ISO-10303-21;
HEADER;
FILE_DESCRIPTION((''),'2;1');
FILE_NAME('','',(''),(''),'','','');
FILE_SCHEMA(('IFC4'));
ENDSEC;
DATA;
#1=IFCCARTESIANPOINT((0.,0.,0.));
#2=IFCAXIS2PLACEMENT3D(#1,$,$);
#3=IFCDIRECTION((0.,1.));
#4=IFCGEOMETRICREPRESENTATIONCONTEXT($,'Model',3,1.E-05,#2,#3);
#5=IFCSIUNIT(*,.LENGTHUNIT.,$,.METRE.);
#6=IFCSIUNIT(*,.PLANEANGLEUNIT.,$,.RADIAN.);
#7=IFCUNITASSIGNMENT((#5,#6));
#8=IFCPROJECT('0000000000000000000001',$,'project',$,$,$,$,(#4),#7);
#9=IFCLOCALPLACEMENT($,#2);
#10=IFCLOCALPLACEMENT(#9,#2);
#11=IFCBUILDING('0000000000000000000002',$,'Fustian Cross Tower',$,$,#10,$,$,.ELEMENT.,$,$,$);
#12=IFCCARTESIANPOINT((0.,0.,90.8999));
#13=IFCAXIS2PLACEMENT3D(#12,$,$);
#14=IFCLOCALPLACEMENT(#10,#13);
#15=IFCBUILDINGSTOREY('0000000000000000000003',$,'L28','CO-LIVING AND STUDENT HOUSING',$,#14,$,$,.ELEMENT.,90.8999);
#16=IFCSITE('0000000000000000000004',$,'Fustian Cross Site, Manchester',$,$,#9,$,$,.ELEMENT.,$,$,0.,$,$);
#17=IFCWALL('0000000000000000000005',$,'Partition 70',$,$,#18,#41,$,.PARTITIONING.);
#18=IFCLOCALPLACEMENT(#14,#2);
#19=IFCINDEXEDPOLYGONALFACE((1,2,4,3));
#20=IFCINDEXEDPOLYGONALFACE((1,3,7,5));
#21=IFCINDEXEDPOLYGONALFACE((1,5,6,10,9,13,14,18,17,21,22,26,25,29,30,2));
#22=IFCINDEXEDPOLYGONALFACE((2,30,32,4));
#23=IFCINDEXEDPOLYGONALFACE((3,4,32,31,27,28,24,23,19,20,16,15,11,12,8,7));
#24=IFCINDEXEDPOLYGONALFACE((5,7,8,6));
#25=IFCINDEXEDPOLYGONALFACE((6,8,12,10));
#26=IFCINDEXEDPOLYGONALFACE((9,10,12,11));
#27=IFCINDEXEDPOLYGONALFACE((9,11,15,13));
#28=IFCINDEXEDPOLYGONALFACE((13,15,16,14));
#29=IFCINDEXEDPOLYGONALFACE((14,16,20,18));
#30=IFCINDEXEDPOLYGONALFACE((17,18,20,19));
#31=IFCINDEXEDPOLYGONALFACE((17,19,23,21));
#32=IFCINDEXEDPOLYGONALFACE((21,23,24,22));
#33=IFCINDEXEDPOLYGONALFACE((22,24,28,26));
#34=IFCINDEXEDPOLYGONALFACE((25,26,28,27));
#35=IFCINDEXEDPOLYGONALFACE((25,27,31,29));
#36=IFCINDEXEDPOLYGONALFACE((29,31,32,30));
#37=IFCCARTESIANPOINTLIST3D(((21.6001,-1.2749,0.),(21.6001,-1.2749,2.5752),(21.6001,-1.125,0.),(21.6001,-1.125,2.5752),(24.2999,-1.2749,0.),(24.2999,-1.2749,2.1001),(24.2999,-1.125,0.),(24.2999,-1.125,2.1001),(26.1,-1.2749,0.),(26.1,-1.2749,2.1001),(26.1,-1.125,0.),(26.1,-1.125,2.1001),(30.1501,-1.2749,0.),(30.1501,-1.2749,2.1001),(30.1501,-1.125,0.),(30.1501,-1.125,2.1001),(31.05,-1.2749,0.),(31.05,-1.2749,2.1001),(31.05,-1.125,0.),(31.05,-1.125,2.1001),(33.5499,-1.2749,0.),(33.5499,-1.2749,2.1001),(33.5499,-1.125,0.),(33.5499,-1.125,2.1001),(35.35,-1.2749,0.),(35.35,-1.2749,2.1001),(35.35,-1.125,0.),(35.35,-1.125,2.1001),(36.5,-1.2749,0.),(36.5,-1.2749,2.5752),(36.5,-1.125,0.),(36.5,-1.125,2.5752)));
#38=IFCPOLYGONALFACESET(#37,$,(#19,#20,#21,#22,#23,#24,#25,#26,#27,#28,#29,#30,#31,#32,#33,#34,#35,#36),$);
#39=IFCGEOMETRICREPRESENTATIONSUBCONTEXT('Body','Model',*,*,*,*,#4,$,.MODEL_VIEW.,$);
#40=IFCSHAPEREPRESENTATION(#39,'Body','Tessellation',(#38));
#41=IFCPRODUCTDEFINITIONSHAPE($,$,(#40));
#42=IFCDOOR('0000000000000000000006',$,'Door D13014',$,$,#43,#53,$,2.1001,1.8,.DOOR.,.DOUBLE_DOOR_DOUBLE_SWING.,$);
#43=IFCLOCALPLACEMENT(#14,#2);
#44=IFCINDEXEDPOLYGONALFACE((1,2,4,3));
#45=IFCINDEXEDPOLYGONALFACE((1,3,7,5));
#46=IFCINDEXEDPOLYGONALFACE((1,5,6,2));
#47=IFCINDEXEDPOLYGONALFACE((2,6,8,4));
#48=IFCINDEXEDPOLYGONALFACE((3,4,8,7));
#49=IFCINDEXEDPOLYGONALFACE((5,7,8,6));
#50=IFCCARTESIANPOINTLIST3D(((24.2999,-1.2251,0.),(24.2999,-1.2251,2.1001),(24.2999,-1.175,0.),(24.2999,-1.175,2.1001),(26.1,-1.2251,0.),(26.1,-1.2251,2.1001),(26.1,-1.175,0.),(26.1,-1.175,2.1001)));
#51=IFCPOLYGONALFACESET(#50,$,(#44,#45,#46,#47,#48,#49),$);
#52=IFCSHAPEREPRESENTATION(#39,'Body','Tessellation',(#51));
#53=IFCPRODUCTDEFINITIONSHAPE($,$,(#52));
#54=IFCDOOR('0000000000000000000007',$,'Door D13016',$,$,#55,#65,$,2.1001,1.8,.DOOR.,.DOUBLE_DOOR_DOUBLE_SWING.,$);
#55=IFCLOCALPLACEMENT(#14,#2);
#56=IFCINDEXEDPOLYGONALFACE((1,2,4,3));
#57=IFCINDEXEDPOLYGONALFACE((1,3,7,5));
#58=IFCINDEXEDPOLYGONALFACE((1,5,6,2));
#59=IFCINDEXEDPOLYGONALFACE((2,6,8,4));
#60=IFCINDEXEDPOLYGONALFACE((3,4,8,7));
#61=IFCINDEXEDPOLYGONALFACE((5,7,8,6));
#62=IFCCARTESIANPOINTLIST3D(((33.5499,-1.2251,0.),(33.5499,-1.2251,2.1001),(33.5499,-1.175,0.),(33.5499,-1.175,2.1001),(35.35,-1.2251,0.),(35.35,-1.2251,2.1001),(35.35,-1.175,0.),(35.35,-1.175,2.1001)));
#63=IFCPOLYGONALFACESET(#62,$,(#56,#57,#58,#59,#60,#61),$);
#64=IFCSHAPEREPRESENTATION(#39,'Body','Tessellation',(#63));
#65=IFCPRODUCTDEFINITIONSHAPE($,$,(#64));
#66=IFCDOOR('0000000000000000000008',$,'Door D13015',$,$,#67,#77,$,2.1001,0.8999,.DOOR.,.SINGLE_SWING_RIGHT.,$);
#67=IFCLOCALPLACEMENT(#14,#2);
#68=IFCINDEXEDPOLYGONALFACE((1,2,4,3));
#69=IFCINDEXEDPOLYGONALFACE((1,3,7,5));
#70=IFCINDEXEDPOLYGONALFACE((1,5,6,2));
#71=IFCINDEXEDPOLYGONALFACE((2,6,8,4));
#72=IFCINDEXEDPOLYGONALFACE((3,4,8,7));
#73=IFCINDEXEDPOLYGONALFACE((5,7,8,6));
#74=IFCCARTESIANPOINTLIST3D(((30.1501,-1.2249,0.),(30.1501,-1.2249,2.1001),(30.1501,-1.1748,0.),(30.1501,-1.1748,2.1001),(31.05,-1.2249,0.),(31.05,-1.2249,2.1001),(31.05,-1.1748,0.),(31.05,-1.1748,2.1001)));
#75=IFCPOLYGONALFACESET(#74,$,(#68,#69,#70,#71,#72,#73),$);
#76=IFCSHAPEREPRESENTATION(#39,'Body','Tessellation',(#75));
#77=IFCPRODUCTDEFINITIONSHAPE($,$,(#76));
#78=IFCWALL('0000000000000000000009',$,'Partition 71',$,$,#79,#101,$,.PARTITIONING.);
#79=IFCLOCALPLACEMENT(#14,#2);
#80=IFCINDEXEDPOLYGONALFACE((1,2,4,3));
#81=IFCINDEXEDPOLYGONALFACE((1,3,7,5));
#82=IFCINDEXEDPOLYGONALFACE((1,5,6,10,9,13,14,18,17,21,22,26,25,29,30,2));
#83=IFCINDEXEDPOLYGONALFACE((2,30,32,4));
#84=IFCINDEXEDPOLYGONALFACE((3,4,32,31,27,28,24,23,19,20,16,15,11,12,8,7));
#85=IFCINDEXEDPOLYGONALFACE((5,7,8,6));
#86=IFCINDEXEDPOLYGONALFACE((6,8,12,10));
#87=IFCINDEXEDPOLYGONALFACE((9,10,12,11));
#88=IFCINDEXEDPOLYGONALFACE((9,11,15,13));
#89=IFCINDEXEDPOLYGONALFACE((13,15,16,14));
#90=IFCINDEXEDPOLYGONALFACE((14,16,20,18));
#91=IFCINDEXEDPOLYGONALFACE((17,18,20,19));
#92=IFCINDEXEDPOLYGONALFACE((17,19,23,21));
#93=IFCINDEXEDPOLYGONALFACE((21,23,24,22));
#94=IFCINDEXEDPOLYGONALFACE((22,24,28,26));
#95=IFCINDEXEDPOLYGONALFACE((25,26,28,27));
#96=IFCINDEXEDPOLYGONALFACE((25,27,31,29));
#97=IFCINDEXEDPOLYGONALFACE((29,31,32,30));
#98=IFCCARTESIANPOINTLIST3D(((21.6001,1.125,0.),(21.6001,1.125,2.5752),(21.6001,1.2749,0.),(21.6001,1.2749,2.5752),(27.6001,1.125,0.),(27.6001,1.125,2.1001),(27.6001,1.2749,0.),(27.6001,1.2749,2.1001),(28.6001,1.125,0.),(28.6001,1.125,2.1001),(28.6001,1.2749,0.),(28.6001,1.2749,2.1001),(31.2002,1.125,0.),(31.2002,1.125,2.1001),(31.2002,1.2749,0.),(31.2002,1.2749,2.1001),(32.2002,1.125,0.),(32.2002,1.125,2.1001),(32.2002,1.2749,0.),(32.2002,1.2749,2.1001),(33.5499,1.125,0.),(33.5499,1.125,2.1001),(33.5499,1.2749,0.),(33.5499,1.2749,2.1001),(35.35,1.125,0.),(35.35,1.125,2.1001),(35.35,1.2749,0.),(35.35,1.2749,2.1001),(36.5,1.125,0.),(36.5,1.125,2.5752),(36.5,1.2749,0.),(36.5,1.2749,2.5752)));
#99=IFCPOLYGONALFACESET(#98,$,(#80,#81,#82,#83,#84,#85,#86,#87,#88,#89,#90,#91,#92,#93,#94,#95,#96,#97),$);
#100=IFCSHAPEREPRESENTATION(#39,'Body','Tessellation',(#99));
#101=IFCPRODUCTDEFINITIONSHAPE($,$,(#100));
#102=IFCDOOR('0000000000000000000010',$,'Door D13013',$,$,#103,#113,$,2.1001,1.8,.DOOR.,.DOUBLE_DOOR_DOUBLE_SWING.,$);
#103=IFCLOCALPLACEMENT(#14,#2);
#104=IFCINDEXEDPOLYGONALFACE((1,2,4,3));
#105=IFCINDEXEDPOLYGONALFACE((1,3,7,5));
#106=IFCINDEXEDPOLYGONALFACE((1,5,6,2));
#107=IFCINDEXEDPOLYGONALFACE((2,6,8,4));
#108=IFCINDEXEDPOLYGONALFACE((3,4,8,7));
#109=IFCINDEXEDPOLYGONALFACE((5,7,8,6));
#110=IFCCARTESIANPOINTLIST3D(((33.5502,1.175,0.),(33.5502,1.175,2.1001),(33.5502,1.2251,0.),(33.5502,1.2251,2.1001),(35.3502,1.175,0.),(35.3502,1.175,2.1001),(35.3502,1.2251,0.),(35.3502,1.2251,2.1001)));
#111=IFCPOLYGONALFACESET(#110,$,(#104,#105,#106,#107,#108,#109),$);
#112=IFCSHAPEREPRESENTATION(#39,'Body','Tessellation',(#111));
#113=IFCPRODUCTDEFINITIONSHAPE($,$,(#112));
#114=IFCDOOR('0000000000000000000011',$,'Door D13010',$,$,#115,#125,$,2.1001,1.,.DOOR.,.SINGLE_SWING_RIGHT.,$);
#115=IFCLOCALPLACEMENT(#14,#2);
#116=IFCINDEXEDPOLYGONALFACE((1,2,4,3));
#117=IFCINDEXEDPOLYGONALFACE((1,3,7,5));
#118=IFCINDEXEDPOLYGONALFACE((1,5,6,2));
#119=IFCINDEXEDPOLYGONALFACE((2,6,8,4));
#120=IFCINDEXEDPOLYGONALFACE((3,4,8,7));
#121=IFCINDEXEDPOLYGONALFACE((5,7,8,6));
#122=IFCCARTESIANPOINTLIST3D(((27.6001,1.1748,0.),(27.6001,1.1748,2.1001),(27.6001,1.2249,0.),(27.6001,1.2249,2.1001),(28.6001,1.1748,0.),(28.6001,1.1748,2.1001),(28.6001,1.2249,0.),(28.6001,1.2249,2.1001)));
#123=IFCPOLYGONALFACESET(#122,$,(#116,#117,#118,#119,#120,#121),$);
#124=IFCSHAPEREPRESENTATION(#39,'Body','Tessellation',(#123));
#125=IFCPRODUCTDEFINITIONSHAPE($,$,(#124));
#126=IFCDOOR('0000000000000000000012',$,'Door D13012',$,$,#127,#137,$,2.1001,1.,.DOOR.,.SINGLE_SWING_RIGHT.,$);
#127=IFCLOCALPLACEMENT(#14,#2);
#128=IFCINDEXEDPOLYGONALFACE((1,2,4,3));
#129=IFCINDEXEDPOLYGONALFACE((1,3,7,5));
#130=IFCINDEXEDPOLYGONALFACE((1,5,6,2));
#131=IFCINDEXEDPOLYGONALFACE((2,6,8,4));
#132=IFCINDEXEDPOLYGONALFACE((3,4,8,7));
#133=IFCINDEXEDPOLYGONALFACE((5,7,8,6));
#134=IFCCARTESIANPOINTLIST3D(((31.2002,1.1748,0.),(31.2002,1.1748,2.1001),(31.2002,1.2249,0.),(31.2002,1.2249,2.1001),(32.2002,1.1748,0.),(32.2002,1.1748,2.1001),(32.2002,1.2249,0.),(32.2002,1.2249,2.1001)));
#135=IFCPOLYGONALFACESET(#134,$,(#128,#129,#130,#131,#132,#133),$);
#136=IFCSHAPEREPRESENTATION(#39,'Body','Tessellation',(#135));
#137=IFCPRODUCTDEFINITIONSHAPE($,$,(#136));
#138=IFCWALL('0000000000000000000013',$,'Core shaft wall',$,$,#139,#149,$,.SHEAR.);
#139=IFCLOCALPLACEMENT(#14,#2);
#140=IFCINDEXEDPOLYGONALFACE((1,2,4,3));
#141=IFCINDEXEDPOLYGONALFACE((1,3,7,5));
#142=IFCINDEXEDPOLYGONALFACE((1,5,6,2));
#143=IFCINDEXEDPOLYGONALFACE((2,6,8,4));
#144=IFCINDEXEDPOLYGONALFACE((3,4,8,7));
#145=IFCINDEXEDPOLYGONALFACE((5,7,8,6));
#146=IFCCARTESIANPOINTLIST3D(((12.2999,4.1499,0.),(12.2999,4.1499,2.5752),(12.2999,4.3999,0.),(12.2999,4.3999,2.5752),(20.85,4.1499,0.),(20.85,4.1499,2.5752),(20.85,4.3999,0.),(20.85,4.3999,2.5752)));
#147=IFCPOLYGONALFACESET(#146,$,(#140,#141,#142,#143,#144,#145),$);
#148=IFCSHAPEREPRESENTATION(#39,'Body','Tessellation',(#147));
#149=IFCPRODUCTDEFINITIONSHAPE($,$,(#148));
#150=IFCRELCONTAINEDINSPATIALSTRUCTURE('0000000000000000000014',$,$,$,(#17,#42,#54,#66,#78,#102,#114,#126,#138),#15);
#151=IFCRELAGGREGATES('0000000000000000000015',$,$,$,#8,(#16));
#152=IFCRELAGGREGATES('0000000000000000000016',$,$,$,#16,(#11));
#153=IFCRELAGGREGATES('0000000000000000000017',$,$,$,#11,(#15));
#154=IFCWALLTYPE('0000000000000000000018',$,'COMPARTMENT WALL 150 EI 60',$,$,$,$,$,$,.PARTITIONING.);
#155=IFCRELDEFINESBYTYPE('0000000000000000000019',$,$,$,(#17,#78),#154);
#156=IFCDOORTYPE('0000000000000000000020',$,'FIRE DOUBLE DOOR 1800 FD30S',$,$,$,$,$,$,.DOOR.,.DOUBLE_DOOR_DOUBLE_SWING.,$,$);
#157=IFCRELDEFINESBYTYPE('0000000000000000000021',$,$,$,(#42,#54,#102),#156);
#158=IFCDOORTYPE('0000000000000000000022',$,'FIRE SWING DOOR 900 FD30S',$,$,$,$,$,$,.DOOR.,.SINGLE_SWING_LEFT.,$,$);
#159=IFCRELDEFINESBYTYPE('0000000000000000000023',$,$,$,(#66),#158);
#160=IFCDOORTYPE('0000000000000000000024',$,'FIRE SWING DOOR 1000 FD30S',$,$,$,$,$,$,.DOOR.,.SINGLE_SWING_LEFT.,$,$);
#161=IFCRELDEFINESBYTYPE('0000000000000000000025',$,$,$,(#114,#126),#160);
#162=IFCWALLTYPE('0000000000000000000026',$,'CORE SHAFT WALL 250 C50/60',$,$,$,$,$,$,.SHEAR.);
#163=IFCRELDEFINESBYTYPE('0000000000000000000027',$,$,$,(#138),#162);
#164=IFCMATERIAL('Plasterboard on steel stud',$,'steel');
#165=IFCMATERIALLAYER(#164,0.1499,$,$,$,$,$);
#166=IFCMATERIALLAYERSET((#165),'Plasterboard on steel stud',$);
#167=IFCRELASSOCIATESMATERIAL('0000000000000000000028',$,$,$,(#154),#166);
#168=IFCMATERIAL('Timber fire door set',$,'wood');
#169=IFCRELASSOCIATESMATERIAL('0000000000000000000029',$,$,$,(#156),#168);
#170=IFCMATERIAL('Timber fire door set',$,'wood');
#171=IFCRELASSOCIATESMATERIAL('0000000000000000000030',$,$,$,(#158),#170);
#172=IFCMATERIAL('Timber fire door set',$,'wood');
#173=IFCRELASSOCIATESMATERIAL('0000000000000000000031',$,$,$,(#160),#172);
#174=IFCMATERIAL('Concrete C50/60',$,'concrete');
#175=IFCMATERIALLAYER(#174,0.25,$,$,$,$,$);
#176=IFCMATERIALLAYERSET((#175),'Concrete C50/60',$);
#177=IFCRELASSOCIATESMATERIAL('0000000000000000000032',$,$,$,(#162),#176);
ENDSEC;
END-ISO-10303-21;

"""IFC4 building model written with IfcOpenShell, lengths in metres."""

from ifc_helpers import new_model, si_unit, direction, frame, frame_2d, origin, place, context, subcontext, project, spatial, rectangle, extrude, material, layer, layer_set, type_object, element, fill, save


model = new_model("IFC4")

# Units and contexts
model_context = context("Model", 3, precision=1e-05, world=origin(), true_north=direction((0.0, 1.0)))
body_context = subcontext(model_context, "Body", "Model", "MODEL_VIEW")
ifc_project = project(units=[si_unit("LENGTHUNIT", "METRE"), si_unit("PLANEANGLEUNIT", "RADIAN")], contexts=[model_context])

# Site, building, storey
site_placement = place(None, origin())
site = spatial("IfcSite", under=ifc_project, at=site_placement, Name="Fustian Cross Site, Manchester", CompositionType="ELEMENT", RefElevation=0.0)
building_placement = place(site_placement, origin())
building = spatial("IfcBuilding", under=site, at=building_placement, Name="Fustian Cross Tower", CompositionType="ELEMENT")
storey_placement = place(building_placement, frame((0.0, 0.0, 90.8999)))
storey = spatial("IfcBuildingStorey", under=building, at=storey_placement, Name="L28", Description="CO-LIVING AND STUDENT HOUSING", CompositionType="ELEMENT", Elevation=90.8999)

# Walls, openings, doors
ifc_material_1 = material(Name="Plasterboard on steel stud", Category="steel")
ifc_layer_1 = layer(ifc_material_1, 0.1499)
ifc_layer_set_1 = layer_set([ifc_layer_1], Name="Plasterboard on steel stud")
wall_type_1 = type_object("IfcWallType", Name="COMPARTMENT WALL 150 EI 60", PredefinedType="PARTITIONING", material=ifc_layer_set_1)
wall_1_placement = place(storey_placement, frame((21.6001, -1.2, 0.0), z_axis=(0.0, 0.0, 1.0), x_axis=(1.0, 0.0, 0.0)))
wall_1 = element("IfcWall", 1, at=wall_1_placement, inside=storey, type_object=wall_type_1, Name="Partition 70", PredefinedType="PARTITIONING", context=body_context, shape_type="SweptSolid", body=[
    extrude(rectangle(XDim=14.8999, YDim=0.1499, at=frame_2d((7.45, 0.0))), origin(), (0.0, 0.0, 1.0), 2.5752),
])
opening_1_placement = place(wall_1_placement, frame((2.7, 0.0, 0.0)))
opening_1 = element("IfcOpeningElement", 2, at=opening_1_placement, cuts=wall_1, PredefinedType="OPENING", context=body_context, shape_type="SweptSolid", body=[
    extrude(rectangle(XDim=1.8, YDim=2.1001, at=frame_2d((0.8999, 1.05))), frame((0.0, 0.085, 0.0), z_axis=(0.0, -1.0, 0.0), x_axis=(1.0, 0.0, 0.0)), (0.0, 0.0, 1.0), 0.1699),
])
opening_2_placement = place(wall_1_placement, frame((8.55, 0.0, 0.0)))
opening_2 = element("IfcOpeningElement", 3, at=opening_2_placement, cuts=wall_1, PredefinedType="OPENING", context=body_context, shape_type="SweptSolid", body=[
    extrude(rectangle(XDim=0.8999, YDim=2.1001, at=frame_2d((0.45, 1.05))), frame((0.0, 0.085, 0.0), z_axis=(0.0, -1.0, 0.0), x_axis=(1.0, 0.0, 0.0)), (0.0, 0.0, 1.0), 0.1699),
])
opening_3_placement = place(wall_1_placement, frame((11.95, 0.0, 0.0)))
opening_3 = element("IfcOpeningElement", 4, at=opening_3_placement, cuts=wall_1, PredefinedType="OPENING", context=body_context, shape_type="SweptSolid", body=[
    extrude(rectangle(XDim=1.8, YDim=2.1001, at=frame_2d((0.8999, 1.05))), frame((0.0, 0.085, 0.0), z_axis=(0.0, -1.0, 0.0), x_axis=(1.0, 0.0, 0.0)), (0.0, 0.0, 1.0), 0.1699),
])
ifc_material_2 = material(Name="Timber fire door set", Category="wood")
door_type_1 = type_object("IfcDoorType", Name="FIRE DOUBLE DOOR 1800 FD30S", OperationType="DOUBLE_DOOR_DOUBLE_SWING", PredefinedType="DOOR", material=ifc_material_2)
door_1_placement = place(opening_1_placement, origin())
door_1 = element("IfcDoor", 5, at=door_1_placement, inside=storey, type_object=door_type_1, Name="Door D13014", OperationType="DOUBLE_DOOR_DOUBLE_SWING", OverallHeight=2.1001, OverallWidth=1.8, PredefinedType="DOOR", context=body_context, shape_type="SweptSolid", body=[
    extrude(rectangle(XDim=1.8, YDim=2.1001, at=frame_2d((0.8999, 1.05))), frame((0.0, 0.0249, 0.0), z_axis=(0.0, -1.0, 0.0), x_axis=(1.0, 0.0, 0.0)), (0.0, 0.0, 1.0), 0.05),
])
fill(opening_1, door_1)
door_2_placement = place(opening_3_placement, origin())
door_2 = element("IfcDoor", 6, at=door_2_placement, inside=storey, type_object=door_type_1, Name="Door D13016", OperationType="DOUBLE_DOOR_DOUBLE_SWING", OverallHeight=2.1001, OverallWidth=1.8, PredefinedType="DOOR", context=body_context, shape_type="SweptSolid", body=[
    extrude(rectangle(XDim=1.8, YDim=2.1001, at=frame_2d((0.8999, 1.05))), frame((0.0, 0.0249, 0.0), z_axis=(0.0, -1.0, 0.0), x_axis=(1.0, 0.0, 0.0)), (0.0, 0.0, 1.0), 0.05),
])
fill(opening_3, door_2)
ifc_material_3 = material(Name="Timber fire door set", Category="wood")
door_type_2 = type_object("IfcDoorType", Name="FIRE SWING DOOR 900 FD30S", OperationType="SINGLE_SWING_LEFT", PredefinedType="DOOR", material=ifc_material_3)
door_3_placement = place(opening_2_placement, frame((0.8999, 0.0, 0.0), z_axis=(0.0, 0.0, 1.0), x_axis=(-1.0, 0.0, 0.0)))
door_3 = element("IfcDoor", 7, at=door_3_placement, inside=storey, type_object=door_type_2, Name="Door D13015", OperationType="SINGLE_SWING_RIGHT", OverallHeight=2.1001, OverallWidth=0.8999, PredefinedType="DOOR", context=body_context, shape_type="SweptSolid", body=[
    extrude(rectangle(XDim=0.8999, YDim=2.1001, at=frame_2d((0.45, 1.05))), frame((0.0, 0.0249, 0.0), z_axis=(0.0, -1.0, 0.0), x_axis=(1.0, 0.0, 0.0)), (0.0, 0.0, 1.0), 0.05),
])
fill(opening_2, door_3)
wall_2_placement = place(storey_placement, frame((21.6001, 1.2, 0.0), z_axis=(0.0, 0.0, 1.0), x_axis=(1.0, 0.0, 0.0)))
wall_2 = element("IfcWall", 8, at=wall_2_placement, inside=storey, type_object=wall_type_1, Name="Partition 71", PredefinedType="PARTITIONING", context=body_context, shape_type="SweptSolid", body=[
    extrude(rectangle(XDim=14.8999, YDim=0.1499, at=frame_2d((7.45, 0.0))), origin(), (0.0, 0.0, 1.0), 2.5752),
])
opening_4_placement = place(wall_2_placement, frame((6.0, 0.0, 0.0)))
opening_4 = element("IfcOpeningElement", 9, at=opening_4_placement, cuts=wall_2, PredefinedType="OPENING", context=body_context, shape_type="SweptSolid", body=[
    extrude(rectangle(XDim=1.0, YDim=2.1001, at=frame_2d((0.5, 1.05))), frame((0.0, 0.085, 0.0), z_axis=(0.0, -1.0, 0.0), x_axis=(1.0, 0.0, 0.0)), (0.0, 0.0, 1.0), 0.1699),
])
opening_5_placement = place(wall_2_placement, frame((9.6001, 0.0, 0.0)))
opening_5 = element("IfcOpeningElement", 10, at=opening_5_placement, cuts=wall_2, PredefinedType="OPENING", context=body_context, shape_type="SweptSolid", body=[
    extrude(rectangle(XDim=1.0, YDim=2.1001, at=frame_2d((0.5, 1.05))), frame((0.0, 0.085, 0.0), z_axis=(0.0, -1.0, 0.0), x_axis=(1.0, 0.0, 0.0)), (0.0, 0.0, 1.0), 0.1699),
])
opening_6_placement = place(wall_2_placement, frame((11.95, 0.0, 0.0)))
opening_6 = element("IfcOpeningElement", 11, at=opening_6_placement, cuts=wall_2, PredefinedType="OPENING", context=body_context, shape_type="SweptSolid", body=[
    extrude(rectangle(XDim=1.8, YDim=2.1001, at=frame_2d((0.8999, 1.05))), frame((0.0, 0.085, 0.0), z_axis=(0.0, -1.0, 0.0), x_axis=(1.0, 0.0, 0.0)), (0.0, 0.0, 1.0), 0.1699),
])
door_4_placement = place(opening_6_placement, frame((1.8, 0.0, 0.0), z_axis=(0.0, 0.0, 1.0), x_axis=(-1.0, 0.0, 0.0)))
door_4 = element("IfcDoor", 12, at=door_4_placement, inside=storey, type_object=door_type_1, Name="Door D13013", OperationType="DOUBLE_DOOR_DOUBLE_SWING", OverallHeight=2.1001, OverallWidth=1.8, PredefinedType="DOOR", context=body_context, shape_type="SweptSolid", body=[
    extrude(rectangle(XDim=1.8, YDim=2.1001, at=frame_2d((0.8999, 1.05))), frame((0.0, 0.0249, 0.0), z_axis=(0.0, -1.0, 0.0), x_axis=(1.0, 0.0, 0.0)), (0.0, 0.0, 1.0), 0.05),
])
fill(opening_6, door_4)
ifc_material_4 = material(Name="Timber fire door set", Category="wood")
door_type_3 = type_object("IfcDoorType", Name="FIRE SWING DOOR 1000 FD30S", OperationType="SINGLE_SWING_LEFT", PredefinedType="DOOR", material=ifc_material_4)
door_5_placement = place(opening_4_placement, origin())
door_5 = element("IfcDoor", 13, at=door_5_placement, inside=storey, type_object=door_type_3, Name="Door D13010", OperationType="SINGLE_SWING_RIGHT", OverallHeight=2.1001, OverallWidth=1.0, PredefinedType="DOOR", context=body_context, shape_type="SweptSolid", body=[
    extrude(rectangle(XDim=1.0, YDim=2.1001, at=frame_2d((0.5, 1.05))), frame((0.0, 0.0249, 0.0), z_axis=(0.0, -1.0, 0.0), x_axis=(1.0, 0.0, 0.0)), (0.0, 0.0, 1.0), 0.05),
])
fill(opening_4, door_5)
door_6_placement = place(opening_5_placement, origin())
door_6 = element("IfcDoor", 14, at=door_6_placement, inside=storey, type_object=door_type_3, Name="Door D13012", OperationType="SINGLE_SWING_RIGHT", OverallHeight=2.1001, OverallWidth=1.0, PredefinedType="DOOR", context=body_context, shape_type="SweptSolid", body=[
    extrude(rectangle(XDim=1.0, YDim=2.1001, at=frame_2d((0.5, 1.05))), frame((0.0, 0.0249, 0.0), z_axis=(0.0, -1.0, 0.0), x_axis=(1.0, 0.0, 0.0)), (0.0, 0.0, 1.0), 0.05),
])
fill(opening_5, door_6)

# Wall
ifc_material_5 = material(Name="Concrete C50/60", Category="concrete")
ifc_layer_2 = layer(ifc_material_5, 0.25)
ifc_layer_set_2 = layer_set([ifc_layer_2], Name="Concrete C50/60")
wall_type_2 = type_object("IfcWallType", Name="CORE SHAFT WALL 250 C50/60", PredefinedType="SHEAR", material=ifc_layer_set_2)
wall_3_placement = place(storey_placement, frame((12.3, 4.2749, 0.0), z_axis=(0.0, 0.0, 1.0), x_axis=(1.0, 0.0, 0.0)))
element("IfcWall", 15, at=wall_3_placement, inside=storey, type_object=wall_type_2, Name="Core shaft wall", PredefinedType="SHEAR", context=body_context, shape_type="SweptSolid", body=[
    extrude(rectangle(XDim=8.55, YDim=0.25, at=frame_2d((4.2749, 0.0))), origin(), (0.0, 0.0, 1.0), 2.5752),
])

save(model, "model.ifc")
